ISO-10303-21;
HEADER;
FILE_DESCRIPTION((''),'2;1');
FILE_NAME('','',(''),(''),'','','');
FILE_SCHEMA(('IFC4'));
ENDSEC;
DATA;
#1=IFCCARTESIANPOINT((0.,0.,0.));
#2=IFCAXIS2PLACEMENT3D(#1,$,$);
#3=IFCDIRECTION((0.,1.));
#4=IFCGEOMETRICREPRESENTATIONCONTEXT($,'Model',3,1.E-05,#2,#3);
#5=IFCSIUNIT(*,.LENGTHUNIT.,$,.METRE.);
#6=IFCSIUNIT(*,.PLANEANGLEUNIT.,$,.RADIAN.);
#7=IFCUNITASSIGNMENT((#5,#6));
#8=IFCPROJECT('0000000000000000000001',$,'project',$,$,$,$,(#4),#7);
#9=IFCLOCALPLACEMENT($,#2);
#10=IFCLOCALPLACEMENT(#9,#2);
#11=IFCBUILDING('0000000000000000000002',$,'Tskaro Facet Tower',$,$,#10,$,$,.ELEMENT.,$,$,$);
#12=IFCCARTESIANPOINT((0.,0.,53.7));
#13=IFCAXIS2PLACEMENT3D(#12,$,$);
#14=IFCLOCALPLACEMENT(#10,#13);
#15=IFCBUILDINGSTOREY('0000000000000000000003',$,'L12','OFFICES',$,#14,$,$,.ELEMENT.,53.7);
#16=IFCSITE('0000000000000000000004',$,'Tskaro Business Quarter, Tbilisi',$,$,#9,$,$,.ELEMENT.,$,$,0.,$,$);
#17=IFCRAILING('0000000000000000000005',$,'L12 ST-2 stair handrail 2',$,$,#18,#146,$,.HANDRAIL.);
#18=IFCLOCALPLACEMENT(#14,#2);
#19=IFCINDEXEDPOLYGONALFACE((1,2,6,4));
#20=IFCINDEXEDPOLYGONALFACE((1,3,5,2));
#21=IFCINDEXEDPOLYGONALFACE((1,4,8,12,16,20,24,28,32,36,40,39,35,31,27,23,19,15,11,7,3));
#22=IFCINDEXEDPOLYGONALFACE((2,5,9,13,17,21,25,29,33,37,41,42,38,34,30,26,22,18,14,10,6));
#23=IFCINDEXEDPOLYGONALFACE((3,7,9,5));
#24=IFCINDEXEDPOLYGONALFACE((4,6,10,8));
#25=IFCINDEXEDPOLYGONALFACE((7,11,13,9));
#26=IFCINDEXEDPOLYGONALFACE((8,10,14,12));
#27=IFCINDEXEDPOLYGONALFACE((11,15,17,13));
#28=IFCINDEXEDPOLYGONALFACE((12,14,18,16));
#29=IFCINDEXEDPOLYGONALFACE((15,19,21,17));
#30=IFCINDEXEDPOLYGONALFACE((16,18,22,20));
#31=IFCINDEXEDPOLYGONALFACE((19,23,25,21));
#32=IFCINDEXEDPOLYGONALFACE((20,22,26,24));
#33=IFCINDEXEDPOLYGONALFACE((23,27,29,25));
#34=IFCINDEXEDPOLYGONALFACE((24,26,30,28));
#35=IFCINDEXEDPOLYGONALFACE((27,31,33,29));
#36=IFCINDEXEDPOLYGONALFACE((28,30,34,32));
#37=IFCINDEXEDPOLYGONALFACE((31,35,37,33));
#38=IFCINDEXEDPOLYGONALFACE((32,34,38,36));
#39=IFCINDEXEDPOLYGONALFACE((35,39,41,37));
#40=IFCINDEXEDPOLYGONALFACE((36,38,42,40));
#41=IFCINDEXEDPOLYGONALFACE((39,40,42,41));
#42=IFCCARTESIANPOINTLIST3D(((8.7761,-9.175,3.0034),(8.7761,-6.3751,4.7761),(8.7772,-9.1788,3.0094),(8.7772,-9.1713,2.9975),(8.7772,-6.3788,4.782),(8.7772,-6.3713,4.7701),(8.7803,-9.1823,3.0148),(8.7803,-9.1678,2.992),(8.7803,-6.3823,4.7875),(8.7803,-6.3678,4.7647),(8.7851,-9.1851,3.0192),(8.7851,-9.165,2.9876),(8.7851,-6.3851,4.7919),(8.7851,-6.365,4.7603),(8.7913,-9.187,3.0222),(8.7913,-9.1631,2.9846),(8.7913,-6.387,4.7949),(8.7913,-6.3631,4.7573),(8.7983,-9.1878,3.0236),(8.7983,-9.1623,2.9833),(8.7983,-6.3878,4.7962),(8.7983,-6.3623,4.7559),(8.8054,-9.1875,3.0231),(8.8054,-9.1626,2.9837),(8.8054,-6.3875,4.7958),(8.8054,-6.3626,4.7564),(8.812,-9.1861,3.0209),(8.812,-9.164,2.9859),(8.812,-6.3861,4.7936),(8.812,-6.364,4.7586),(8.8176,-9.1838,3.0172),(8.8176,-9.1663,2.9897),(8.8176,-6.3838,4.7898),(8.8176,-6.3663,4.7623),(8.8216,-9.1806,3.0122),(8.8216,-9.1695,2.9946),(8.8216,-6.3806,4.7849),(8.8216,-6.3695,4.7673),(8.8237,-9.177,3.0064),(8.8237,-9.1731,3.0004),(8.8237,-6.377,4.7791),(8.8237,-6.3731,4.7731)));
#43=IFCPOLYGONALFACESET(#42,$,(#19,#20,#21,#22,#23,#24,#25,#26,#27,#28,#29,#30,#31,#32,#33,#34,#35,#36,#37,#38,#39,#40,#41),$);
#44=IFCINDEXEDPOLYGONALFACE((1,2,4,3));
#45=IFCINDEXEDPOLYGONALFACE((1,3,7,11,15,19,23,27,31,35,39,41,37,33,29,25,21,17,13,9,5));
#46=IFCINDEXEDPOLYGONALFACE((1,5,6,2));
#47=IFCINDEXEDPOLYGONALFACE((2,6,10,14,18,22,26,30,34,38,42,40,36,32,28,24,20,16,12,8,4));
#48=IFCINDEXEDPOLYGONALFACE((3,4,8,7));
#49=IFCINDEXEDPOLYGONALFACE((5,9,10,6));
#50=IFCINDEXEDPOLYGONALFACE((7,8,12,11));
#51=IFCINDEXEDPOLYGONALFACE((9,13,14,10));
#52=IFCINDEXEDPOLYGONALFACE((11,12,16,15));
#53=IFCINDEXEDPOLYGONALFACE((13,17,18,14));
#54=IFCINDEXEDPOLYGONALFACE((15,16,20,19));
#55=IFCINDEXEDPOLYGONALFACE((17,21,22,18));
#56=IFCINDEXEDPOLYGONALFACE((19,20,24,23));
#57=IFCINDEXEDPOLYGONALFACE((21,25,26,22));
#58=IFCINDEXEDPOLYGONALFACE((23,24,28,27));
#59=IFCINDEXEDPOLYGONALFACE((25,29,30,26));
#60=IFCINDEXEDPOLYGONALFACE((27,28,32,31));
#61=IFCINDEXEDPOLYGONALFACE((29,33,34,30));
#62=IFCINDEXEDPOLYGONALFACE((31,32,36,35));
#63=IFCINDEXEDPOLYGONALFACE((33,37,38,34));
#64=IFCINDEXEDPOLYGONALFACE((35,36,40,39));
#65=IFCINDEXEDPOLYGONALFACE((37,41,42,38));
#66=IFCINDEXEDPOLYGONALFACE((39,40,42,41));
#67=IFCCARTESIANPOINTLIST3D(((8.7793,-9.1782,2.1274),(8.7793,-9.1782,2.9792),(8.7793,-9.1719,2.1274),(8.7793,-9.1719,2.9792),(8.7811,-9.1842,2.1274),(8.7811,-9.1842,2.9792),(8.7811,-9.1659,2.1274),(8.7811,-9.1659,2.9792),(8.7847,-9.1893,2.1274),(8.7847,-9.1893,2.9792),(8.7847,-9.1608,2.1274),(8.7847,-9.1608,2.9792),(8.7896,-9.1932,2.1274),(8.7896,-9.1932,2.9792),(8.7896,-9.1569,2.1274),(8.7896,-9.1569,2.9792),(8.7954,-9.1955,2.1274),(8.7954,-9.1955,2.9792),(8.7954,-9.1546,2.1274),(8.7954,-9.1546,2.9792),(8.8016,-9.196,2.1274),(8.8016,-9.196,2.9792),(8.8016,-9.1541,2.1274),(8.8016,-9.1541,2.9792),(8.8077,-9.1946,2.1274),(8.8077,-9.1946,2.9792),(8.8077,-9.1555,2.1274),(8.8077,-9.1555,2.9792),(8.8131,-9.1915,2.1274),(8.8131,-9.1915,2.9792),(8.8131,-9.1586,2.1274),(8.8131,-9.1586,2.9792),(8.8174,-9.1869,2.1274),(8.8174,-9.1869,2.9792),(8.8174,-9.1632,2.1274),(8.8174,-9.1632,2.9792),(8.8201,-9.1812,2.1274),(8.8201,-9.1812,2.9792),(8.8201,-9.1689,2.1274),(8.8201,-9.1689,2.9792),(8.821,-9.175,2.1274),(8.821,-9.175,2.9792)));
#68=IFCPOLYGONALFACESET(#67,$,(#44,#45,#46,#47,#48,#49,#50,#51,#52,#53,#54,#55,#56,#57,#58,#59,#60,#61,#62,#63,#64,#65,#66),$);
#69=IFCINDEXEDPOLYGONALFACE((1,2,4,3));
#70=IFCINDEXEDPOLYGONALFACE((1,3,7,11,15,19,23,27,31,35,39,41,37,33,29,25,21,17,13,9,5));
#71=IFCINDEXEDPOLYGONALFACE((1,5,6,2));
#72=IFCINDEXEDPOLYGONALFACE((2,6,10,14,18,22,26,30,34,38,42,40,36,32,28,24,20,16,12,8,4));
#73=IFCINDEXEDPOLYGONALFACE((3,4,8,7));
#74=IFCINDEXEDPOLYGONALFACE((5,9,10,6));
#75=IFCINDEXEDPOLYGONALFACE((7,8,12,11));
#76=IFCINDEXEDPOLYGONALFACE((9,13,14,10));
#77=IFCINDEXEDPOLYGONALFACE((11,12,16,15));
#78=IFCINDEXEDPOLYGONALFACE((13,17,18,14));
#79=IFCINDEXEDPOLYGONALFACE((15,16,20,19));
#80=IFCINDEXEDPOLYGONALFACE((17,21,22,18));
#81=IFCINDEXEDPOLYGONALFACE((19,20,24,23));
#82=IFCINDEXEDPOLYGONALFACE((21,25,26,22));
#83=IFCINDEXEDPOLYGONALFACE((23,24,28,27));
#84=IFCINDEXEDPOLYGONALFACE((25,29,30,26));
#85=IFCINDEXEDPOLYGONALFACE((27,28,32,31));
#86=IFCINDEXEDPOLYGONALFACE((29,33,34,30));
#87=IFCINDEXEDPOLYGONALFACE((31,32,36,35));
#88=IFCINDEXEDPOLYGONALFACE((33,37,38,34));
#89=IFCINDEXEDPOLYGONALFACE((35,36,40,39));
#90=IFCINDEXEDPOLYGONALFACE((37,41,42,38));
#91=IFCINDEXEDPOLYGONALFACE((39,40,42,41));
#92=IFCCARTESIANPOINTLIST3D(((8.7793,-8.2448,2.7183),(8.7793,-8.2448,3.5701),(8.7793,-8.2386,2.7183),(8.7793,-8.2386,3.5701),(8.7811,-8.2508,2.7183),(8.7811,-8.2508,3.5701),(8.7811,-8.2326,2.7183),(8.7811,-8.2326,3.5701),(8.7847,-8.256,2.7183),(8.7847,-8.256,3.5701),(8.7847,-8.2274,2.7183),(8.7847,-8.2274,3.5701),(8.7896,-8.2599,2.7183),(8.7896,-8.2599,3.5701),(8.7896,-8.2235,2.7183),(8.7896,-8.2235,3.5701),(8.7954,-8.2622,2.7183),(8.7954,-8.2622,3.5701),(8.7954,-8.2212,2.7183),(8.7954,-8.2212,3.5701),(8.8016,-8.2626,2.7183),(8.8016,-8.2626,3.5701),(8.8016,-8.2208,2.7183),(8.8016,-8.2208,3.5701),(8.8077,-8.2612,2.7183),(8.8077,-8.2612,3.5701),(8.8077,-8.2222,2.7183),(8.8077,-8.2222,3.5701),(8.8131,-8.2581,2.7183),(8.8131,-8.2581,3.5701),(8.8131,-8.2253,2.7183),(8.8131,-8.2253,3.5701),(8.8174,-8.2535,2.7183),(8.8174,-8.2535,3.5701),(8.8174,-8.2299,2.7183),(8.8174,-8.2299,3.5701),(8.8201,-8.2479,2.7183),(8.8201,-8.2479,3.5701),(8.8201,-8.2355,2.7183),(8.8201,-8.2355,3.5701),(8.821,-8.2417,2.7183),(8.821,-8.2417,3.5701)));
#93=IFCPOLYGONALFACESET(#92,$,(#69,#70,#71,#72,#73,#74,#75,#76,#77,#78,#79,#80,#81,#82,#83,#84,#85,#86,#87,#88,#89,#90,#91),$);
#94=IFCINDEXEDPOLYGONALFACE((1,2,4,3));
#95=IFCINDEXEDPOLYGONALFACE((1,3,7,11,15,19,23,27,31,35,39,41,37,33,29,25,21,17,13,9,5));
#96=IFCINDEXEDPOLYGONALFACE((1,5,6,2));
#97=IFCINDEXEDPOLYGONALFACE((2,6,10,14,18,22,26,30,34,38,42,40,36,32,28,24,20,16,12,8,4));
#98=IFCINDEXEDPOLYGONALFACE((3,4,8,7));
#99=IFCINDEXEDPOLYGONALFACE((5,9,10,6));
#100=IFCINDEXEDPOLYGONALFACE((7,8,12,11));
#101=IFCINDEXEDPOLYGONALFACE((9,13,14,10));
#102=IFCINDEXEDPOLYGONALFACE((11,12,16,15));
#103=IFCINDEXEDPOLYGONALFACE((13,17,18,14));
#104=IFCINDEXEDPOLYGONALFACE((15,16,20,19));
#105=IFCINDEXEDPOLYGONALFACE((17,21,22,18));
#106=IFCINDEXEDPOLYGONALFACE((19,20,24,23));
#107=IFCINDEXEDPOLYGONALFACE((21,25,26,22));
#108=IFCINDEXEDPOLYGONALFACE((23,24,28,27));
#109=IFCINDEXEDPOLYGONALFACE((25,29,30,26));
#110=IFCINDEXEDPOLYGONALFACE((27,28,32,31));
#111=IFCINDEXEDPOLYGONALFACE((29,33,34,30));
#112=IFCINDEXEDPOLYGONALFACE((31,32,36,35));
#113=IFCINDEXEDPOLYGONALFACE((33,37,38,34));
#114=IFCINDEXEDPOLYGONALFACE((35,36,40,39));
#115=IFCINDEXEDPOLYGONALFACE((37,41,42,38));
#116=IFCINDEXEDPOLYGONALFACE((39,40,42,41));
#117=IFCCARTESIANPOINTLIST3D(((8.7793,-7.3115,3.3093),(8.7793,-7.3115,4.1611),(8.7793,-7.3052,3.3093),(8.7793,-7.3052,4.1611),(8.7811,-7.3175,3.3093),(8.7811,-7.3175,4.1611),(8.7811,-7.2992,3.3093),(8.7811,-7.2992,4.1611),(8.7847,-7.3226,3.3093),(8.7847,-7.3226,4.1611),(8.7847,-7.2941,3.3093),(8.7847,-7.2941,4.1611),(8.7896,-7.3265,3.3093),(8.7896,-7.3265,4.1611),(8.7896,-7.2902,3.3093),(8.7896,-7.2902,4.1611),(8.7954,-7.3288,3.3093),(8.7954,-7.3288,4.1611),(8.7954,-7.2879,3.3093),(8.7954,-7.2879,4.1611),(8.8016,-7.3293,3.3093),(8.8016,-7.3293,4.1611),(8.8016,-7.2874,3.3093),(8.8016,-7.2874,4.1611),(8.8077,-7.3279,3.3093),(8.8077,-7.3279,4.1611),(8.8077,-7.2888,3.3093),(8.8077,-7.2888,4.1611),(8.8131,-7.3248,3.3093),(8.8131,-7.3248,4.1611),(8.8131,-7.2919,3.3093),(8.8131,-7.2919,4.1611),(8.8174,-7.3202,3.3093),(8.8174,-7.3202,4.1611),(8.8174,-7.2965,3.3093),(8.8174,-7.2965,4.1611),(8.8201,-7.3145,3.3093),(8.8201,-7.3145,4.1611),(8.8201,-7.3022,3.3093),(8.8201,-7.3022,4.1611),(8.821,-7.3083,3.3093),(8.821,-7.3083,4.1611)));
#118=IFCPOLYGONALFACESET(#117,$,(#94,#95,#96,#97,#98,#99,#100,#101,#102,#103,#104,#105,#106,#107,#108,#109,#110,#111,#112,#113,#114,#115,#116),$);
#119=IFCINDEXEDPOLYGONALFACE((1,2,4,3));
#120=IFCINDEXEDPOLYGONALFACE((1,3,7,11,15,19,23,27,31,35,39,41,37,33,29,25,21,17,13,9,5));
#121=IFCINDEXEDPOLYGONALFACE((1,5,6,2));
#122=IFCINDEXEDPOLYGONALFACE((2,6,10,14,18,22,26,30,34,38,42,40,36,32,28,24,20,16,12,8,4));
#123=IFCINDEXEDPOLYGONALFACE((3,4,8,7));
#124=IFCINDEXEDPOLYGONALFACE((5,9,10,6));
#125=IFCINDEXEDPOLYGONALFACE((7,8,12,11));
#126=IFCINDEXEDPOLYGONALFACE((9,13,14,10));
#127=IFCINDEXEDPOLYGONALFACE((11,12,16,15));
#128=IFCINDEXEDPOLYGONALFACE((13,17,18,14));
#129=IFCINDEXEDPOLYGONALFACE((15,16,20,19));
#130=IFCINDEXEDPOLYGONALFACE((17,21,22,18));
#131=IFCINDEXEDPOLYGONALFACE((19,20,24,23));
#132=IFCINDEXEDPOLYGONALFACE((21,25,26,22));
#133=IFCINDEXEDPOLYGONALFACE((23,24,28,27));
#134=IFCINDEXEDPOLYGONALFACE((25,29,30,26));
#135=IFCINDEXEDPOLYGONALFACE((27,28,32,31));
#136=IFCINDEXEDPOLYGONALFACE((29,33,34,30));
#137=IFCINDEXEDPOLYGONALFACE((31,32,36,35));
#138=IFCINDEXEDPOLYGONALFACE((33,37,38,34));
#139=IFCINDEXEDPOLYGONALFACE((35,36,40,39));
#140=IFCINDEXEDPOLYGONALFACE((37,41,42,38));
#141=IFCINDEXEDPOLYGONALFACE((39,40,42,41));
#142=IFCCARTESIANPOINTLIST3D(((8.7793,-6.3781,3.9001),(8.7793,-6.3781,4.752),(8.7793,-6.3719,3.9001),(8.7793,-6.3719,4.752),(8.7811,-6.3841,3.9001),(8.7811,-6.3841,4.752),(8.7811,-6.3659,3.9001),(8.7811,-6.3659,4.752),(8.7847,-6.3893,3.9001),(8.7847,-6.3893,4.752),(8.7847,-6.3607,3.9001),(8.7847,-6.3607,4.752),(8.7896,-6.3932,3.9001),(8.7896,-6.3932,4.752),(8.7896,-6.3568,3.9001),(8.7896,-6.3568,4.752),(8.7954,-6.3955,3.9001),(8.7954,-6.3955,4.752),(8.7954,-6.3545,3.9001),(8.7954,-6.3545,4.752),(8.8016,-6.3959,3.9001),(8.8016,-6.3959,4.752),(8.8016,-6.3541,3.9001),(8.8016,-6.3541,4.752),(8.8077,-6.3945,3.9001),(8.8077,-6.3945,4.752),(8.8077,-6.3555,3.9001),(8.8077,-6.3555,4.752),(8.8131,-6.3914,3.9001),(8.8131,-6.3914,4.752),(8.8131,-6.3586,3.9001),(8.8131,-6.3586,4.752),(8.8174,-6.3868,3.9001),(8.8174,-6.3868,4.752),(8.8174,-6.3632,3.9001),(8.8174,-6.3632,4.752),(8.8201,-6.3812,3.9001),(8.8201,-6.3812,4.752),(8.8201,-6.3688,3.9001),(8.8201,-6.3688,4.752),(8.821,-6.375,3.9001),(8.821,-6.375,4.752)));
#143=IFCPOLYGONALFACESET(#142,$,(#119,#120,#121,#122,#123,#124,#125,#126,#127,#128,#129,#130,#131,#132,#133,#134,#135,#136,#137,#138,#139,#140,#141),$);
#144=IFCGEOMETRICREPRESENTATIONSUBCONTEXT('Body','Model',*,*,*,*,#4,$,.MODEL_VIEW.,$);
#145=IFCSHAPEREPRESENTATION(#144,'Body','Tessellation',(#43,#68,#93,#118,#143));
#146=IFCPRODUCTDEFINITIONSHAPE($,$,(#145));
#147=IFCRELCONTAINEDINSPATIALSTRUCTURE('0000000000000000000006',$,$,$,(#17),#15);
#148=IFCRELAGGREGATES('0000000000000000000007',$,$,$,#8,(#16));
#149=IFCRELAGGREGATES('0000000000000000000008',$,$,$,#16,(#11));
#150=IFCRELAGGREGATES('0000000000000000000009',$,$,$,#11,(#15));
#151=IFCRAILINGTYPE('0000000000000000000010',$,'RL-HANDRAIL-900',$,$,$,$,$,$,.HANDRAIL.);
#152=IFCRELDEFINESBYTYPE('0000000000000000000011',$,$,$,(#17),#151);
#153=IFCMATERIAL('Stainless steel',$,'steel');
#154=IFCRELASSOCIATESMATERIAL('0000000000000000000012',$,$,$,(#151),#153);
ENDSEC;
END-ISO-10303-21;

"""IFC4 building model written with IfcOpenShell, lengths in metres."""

from ifc_helpers import new_model, si_unit, direction, frame, origin, origin_2d, place, context, subcontext, project, spatial, circle, extrude, material, type_object, element, save


model = new_model("IFC4")

# Units and contexts
model_context = context("Model", 3, precision=1e-05, world=origin(), true_north=direction((0.0, 1.0)))
body_context = subcontext(model_context, "Body", "Model", "MODEL_VIEW")
ifc_project = project(units=[si_unit("LENGTHUNIT", "METRE"), si_unit("PLANEANGLEUNIT", "RADIAN")], contexts=[model_context])

# Site, building, storey
site_placement = place(None, origin())
site = spatial("IfcSite", under=ifc_project, at=site_placement, Name="Tskaro Business Quarter, Tbilisi", CompositionType="ELEMENT", RefElevation=0.0)
building_placement = place(site_placement, origin())
building = spatial("IfcBuilding", under=site, at=building_placement, Name="Tskaro Facet Tower", CompositionType="ELEMENT")
storey_placement = place(building_placement, frame((0.0, 0.0, 53.7)))
storey = spatial("IfcBuildingStorey", under=building, at=storey_placement, Name="L12", Description="OFFICES", CompositionType="ELEMENT", Elevation=53.7)

# Shared definitions
ifc_material_1 = material(Name="Stainless steel", Category="steel")

# Railing
railing_type_1 = type_object("IfcRailingType", Name="RL-HANDRAIL-900", PredefinedType="HANDRAIL", material=ifc_material_1)
railing_1_placement = place(storey_placement, frame((8.8, -9.175, 2.1274)))
element("IfcRailing", 1, at=railing_1_placement, inside=storey, type_object=railing_type_1, Name="L12 ST-2 stair handrail 2", PredefinedType="HANDRAIL", context=body_context, shape_type="SweptSolid", body=[
    extrude(circle(Radius=0.0239, at=origin_2d()), frame((0.0, 0.0, 0.876), z_axis=(0.0, 0.844909, 0.53491), x_axis=(-1.0, 0.0, 0.0)), (0.0, 0.0, 1.0), 3.314),
    extrude(circle(Radius=0.021, at=origin_2d()), origin(), (0.0, 0.0, 1.0), 0.8518),
    extrude(circle(Radius=0.021, at=origin_2d()), frame((0.0, 0.9333, 0.5908)), (0.0, 0.0, 1.0), 0.8518),
    extrude(circle(Radius=0.021, at=origin_2d()), frame((0.0, 1.8667, 1.1819)), (0.0, 0.0, 1.0), 0.8518),
    extrude(circle(Radius=0.021, at=origin_2d()), frame((0.0, 2.8, 1.7727)), (0.0, 0.0, 1.0), 0.8518),
])

save(model, "model.ifc")
